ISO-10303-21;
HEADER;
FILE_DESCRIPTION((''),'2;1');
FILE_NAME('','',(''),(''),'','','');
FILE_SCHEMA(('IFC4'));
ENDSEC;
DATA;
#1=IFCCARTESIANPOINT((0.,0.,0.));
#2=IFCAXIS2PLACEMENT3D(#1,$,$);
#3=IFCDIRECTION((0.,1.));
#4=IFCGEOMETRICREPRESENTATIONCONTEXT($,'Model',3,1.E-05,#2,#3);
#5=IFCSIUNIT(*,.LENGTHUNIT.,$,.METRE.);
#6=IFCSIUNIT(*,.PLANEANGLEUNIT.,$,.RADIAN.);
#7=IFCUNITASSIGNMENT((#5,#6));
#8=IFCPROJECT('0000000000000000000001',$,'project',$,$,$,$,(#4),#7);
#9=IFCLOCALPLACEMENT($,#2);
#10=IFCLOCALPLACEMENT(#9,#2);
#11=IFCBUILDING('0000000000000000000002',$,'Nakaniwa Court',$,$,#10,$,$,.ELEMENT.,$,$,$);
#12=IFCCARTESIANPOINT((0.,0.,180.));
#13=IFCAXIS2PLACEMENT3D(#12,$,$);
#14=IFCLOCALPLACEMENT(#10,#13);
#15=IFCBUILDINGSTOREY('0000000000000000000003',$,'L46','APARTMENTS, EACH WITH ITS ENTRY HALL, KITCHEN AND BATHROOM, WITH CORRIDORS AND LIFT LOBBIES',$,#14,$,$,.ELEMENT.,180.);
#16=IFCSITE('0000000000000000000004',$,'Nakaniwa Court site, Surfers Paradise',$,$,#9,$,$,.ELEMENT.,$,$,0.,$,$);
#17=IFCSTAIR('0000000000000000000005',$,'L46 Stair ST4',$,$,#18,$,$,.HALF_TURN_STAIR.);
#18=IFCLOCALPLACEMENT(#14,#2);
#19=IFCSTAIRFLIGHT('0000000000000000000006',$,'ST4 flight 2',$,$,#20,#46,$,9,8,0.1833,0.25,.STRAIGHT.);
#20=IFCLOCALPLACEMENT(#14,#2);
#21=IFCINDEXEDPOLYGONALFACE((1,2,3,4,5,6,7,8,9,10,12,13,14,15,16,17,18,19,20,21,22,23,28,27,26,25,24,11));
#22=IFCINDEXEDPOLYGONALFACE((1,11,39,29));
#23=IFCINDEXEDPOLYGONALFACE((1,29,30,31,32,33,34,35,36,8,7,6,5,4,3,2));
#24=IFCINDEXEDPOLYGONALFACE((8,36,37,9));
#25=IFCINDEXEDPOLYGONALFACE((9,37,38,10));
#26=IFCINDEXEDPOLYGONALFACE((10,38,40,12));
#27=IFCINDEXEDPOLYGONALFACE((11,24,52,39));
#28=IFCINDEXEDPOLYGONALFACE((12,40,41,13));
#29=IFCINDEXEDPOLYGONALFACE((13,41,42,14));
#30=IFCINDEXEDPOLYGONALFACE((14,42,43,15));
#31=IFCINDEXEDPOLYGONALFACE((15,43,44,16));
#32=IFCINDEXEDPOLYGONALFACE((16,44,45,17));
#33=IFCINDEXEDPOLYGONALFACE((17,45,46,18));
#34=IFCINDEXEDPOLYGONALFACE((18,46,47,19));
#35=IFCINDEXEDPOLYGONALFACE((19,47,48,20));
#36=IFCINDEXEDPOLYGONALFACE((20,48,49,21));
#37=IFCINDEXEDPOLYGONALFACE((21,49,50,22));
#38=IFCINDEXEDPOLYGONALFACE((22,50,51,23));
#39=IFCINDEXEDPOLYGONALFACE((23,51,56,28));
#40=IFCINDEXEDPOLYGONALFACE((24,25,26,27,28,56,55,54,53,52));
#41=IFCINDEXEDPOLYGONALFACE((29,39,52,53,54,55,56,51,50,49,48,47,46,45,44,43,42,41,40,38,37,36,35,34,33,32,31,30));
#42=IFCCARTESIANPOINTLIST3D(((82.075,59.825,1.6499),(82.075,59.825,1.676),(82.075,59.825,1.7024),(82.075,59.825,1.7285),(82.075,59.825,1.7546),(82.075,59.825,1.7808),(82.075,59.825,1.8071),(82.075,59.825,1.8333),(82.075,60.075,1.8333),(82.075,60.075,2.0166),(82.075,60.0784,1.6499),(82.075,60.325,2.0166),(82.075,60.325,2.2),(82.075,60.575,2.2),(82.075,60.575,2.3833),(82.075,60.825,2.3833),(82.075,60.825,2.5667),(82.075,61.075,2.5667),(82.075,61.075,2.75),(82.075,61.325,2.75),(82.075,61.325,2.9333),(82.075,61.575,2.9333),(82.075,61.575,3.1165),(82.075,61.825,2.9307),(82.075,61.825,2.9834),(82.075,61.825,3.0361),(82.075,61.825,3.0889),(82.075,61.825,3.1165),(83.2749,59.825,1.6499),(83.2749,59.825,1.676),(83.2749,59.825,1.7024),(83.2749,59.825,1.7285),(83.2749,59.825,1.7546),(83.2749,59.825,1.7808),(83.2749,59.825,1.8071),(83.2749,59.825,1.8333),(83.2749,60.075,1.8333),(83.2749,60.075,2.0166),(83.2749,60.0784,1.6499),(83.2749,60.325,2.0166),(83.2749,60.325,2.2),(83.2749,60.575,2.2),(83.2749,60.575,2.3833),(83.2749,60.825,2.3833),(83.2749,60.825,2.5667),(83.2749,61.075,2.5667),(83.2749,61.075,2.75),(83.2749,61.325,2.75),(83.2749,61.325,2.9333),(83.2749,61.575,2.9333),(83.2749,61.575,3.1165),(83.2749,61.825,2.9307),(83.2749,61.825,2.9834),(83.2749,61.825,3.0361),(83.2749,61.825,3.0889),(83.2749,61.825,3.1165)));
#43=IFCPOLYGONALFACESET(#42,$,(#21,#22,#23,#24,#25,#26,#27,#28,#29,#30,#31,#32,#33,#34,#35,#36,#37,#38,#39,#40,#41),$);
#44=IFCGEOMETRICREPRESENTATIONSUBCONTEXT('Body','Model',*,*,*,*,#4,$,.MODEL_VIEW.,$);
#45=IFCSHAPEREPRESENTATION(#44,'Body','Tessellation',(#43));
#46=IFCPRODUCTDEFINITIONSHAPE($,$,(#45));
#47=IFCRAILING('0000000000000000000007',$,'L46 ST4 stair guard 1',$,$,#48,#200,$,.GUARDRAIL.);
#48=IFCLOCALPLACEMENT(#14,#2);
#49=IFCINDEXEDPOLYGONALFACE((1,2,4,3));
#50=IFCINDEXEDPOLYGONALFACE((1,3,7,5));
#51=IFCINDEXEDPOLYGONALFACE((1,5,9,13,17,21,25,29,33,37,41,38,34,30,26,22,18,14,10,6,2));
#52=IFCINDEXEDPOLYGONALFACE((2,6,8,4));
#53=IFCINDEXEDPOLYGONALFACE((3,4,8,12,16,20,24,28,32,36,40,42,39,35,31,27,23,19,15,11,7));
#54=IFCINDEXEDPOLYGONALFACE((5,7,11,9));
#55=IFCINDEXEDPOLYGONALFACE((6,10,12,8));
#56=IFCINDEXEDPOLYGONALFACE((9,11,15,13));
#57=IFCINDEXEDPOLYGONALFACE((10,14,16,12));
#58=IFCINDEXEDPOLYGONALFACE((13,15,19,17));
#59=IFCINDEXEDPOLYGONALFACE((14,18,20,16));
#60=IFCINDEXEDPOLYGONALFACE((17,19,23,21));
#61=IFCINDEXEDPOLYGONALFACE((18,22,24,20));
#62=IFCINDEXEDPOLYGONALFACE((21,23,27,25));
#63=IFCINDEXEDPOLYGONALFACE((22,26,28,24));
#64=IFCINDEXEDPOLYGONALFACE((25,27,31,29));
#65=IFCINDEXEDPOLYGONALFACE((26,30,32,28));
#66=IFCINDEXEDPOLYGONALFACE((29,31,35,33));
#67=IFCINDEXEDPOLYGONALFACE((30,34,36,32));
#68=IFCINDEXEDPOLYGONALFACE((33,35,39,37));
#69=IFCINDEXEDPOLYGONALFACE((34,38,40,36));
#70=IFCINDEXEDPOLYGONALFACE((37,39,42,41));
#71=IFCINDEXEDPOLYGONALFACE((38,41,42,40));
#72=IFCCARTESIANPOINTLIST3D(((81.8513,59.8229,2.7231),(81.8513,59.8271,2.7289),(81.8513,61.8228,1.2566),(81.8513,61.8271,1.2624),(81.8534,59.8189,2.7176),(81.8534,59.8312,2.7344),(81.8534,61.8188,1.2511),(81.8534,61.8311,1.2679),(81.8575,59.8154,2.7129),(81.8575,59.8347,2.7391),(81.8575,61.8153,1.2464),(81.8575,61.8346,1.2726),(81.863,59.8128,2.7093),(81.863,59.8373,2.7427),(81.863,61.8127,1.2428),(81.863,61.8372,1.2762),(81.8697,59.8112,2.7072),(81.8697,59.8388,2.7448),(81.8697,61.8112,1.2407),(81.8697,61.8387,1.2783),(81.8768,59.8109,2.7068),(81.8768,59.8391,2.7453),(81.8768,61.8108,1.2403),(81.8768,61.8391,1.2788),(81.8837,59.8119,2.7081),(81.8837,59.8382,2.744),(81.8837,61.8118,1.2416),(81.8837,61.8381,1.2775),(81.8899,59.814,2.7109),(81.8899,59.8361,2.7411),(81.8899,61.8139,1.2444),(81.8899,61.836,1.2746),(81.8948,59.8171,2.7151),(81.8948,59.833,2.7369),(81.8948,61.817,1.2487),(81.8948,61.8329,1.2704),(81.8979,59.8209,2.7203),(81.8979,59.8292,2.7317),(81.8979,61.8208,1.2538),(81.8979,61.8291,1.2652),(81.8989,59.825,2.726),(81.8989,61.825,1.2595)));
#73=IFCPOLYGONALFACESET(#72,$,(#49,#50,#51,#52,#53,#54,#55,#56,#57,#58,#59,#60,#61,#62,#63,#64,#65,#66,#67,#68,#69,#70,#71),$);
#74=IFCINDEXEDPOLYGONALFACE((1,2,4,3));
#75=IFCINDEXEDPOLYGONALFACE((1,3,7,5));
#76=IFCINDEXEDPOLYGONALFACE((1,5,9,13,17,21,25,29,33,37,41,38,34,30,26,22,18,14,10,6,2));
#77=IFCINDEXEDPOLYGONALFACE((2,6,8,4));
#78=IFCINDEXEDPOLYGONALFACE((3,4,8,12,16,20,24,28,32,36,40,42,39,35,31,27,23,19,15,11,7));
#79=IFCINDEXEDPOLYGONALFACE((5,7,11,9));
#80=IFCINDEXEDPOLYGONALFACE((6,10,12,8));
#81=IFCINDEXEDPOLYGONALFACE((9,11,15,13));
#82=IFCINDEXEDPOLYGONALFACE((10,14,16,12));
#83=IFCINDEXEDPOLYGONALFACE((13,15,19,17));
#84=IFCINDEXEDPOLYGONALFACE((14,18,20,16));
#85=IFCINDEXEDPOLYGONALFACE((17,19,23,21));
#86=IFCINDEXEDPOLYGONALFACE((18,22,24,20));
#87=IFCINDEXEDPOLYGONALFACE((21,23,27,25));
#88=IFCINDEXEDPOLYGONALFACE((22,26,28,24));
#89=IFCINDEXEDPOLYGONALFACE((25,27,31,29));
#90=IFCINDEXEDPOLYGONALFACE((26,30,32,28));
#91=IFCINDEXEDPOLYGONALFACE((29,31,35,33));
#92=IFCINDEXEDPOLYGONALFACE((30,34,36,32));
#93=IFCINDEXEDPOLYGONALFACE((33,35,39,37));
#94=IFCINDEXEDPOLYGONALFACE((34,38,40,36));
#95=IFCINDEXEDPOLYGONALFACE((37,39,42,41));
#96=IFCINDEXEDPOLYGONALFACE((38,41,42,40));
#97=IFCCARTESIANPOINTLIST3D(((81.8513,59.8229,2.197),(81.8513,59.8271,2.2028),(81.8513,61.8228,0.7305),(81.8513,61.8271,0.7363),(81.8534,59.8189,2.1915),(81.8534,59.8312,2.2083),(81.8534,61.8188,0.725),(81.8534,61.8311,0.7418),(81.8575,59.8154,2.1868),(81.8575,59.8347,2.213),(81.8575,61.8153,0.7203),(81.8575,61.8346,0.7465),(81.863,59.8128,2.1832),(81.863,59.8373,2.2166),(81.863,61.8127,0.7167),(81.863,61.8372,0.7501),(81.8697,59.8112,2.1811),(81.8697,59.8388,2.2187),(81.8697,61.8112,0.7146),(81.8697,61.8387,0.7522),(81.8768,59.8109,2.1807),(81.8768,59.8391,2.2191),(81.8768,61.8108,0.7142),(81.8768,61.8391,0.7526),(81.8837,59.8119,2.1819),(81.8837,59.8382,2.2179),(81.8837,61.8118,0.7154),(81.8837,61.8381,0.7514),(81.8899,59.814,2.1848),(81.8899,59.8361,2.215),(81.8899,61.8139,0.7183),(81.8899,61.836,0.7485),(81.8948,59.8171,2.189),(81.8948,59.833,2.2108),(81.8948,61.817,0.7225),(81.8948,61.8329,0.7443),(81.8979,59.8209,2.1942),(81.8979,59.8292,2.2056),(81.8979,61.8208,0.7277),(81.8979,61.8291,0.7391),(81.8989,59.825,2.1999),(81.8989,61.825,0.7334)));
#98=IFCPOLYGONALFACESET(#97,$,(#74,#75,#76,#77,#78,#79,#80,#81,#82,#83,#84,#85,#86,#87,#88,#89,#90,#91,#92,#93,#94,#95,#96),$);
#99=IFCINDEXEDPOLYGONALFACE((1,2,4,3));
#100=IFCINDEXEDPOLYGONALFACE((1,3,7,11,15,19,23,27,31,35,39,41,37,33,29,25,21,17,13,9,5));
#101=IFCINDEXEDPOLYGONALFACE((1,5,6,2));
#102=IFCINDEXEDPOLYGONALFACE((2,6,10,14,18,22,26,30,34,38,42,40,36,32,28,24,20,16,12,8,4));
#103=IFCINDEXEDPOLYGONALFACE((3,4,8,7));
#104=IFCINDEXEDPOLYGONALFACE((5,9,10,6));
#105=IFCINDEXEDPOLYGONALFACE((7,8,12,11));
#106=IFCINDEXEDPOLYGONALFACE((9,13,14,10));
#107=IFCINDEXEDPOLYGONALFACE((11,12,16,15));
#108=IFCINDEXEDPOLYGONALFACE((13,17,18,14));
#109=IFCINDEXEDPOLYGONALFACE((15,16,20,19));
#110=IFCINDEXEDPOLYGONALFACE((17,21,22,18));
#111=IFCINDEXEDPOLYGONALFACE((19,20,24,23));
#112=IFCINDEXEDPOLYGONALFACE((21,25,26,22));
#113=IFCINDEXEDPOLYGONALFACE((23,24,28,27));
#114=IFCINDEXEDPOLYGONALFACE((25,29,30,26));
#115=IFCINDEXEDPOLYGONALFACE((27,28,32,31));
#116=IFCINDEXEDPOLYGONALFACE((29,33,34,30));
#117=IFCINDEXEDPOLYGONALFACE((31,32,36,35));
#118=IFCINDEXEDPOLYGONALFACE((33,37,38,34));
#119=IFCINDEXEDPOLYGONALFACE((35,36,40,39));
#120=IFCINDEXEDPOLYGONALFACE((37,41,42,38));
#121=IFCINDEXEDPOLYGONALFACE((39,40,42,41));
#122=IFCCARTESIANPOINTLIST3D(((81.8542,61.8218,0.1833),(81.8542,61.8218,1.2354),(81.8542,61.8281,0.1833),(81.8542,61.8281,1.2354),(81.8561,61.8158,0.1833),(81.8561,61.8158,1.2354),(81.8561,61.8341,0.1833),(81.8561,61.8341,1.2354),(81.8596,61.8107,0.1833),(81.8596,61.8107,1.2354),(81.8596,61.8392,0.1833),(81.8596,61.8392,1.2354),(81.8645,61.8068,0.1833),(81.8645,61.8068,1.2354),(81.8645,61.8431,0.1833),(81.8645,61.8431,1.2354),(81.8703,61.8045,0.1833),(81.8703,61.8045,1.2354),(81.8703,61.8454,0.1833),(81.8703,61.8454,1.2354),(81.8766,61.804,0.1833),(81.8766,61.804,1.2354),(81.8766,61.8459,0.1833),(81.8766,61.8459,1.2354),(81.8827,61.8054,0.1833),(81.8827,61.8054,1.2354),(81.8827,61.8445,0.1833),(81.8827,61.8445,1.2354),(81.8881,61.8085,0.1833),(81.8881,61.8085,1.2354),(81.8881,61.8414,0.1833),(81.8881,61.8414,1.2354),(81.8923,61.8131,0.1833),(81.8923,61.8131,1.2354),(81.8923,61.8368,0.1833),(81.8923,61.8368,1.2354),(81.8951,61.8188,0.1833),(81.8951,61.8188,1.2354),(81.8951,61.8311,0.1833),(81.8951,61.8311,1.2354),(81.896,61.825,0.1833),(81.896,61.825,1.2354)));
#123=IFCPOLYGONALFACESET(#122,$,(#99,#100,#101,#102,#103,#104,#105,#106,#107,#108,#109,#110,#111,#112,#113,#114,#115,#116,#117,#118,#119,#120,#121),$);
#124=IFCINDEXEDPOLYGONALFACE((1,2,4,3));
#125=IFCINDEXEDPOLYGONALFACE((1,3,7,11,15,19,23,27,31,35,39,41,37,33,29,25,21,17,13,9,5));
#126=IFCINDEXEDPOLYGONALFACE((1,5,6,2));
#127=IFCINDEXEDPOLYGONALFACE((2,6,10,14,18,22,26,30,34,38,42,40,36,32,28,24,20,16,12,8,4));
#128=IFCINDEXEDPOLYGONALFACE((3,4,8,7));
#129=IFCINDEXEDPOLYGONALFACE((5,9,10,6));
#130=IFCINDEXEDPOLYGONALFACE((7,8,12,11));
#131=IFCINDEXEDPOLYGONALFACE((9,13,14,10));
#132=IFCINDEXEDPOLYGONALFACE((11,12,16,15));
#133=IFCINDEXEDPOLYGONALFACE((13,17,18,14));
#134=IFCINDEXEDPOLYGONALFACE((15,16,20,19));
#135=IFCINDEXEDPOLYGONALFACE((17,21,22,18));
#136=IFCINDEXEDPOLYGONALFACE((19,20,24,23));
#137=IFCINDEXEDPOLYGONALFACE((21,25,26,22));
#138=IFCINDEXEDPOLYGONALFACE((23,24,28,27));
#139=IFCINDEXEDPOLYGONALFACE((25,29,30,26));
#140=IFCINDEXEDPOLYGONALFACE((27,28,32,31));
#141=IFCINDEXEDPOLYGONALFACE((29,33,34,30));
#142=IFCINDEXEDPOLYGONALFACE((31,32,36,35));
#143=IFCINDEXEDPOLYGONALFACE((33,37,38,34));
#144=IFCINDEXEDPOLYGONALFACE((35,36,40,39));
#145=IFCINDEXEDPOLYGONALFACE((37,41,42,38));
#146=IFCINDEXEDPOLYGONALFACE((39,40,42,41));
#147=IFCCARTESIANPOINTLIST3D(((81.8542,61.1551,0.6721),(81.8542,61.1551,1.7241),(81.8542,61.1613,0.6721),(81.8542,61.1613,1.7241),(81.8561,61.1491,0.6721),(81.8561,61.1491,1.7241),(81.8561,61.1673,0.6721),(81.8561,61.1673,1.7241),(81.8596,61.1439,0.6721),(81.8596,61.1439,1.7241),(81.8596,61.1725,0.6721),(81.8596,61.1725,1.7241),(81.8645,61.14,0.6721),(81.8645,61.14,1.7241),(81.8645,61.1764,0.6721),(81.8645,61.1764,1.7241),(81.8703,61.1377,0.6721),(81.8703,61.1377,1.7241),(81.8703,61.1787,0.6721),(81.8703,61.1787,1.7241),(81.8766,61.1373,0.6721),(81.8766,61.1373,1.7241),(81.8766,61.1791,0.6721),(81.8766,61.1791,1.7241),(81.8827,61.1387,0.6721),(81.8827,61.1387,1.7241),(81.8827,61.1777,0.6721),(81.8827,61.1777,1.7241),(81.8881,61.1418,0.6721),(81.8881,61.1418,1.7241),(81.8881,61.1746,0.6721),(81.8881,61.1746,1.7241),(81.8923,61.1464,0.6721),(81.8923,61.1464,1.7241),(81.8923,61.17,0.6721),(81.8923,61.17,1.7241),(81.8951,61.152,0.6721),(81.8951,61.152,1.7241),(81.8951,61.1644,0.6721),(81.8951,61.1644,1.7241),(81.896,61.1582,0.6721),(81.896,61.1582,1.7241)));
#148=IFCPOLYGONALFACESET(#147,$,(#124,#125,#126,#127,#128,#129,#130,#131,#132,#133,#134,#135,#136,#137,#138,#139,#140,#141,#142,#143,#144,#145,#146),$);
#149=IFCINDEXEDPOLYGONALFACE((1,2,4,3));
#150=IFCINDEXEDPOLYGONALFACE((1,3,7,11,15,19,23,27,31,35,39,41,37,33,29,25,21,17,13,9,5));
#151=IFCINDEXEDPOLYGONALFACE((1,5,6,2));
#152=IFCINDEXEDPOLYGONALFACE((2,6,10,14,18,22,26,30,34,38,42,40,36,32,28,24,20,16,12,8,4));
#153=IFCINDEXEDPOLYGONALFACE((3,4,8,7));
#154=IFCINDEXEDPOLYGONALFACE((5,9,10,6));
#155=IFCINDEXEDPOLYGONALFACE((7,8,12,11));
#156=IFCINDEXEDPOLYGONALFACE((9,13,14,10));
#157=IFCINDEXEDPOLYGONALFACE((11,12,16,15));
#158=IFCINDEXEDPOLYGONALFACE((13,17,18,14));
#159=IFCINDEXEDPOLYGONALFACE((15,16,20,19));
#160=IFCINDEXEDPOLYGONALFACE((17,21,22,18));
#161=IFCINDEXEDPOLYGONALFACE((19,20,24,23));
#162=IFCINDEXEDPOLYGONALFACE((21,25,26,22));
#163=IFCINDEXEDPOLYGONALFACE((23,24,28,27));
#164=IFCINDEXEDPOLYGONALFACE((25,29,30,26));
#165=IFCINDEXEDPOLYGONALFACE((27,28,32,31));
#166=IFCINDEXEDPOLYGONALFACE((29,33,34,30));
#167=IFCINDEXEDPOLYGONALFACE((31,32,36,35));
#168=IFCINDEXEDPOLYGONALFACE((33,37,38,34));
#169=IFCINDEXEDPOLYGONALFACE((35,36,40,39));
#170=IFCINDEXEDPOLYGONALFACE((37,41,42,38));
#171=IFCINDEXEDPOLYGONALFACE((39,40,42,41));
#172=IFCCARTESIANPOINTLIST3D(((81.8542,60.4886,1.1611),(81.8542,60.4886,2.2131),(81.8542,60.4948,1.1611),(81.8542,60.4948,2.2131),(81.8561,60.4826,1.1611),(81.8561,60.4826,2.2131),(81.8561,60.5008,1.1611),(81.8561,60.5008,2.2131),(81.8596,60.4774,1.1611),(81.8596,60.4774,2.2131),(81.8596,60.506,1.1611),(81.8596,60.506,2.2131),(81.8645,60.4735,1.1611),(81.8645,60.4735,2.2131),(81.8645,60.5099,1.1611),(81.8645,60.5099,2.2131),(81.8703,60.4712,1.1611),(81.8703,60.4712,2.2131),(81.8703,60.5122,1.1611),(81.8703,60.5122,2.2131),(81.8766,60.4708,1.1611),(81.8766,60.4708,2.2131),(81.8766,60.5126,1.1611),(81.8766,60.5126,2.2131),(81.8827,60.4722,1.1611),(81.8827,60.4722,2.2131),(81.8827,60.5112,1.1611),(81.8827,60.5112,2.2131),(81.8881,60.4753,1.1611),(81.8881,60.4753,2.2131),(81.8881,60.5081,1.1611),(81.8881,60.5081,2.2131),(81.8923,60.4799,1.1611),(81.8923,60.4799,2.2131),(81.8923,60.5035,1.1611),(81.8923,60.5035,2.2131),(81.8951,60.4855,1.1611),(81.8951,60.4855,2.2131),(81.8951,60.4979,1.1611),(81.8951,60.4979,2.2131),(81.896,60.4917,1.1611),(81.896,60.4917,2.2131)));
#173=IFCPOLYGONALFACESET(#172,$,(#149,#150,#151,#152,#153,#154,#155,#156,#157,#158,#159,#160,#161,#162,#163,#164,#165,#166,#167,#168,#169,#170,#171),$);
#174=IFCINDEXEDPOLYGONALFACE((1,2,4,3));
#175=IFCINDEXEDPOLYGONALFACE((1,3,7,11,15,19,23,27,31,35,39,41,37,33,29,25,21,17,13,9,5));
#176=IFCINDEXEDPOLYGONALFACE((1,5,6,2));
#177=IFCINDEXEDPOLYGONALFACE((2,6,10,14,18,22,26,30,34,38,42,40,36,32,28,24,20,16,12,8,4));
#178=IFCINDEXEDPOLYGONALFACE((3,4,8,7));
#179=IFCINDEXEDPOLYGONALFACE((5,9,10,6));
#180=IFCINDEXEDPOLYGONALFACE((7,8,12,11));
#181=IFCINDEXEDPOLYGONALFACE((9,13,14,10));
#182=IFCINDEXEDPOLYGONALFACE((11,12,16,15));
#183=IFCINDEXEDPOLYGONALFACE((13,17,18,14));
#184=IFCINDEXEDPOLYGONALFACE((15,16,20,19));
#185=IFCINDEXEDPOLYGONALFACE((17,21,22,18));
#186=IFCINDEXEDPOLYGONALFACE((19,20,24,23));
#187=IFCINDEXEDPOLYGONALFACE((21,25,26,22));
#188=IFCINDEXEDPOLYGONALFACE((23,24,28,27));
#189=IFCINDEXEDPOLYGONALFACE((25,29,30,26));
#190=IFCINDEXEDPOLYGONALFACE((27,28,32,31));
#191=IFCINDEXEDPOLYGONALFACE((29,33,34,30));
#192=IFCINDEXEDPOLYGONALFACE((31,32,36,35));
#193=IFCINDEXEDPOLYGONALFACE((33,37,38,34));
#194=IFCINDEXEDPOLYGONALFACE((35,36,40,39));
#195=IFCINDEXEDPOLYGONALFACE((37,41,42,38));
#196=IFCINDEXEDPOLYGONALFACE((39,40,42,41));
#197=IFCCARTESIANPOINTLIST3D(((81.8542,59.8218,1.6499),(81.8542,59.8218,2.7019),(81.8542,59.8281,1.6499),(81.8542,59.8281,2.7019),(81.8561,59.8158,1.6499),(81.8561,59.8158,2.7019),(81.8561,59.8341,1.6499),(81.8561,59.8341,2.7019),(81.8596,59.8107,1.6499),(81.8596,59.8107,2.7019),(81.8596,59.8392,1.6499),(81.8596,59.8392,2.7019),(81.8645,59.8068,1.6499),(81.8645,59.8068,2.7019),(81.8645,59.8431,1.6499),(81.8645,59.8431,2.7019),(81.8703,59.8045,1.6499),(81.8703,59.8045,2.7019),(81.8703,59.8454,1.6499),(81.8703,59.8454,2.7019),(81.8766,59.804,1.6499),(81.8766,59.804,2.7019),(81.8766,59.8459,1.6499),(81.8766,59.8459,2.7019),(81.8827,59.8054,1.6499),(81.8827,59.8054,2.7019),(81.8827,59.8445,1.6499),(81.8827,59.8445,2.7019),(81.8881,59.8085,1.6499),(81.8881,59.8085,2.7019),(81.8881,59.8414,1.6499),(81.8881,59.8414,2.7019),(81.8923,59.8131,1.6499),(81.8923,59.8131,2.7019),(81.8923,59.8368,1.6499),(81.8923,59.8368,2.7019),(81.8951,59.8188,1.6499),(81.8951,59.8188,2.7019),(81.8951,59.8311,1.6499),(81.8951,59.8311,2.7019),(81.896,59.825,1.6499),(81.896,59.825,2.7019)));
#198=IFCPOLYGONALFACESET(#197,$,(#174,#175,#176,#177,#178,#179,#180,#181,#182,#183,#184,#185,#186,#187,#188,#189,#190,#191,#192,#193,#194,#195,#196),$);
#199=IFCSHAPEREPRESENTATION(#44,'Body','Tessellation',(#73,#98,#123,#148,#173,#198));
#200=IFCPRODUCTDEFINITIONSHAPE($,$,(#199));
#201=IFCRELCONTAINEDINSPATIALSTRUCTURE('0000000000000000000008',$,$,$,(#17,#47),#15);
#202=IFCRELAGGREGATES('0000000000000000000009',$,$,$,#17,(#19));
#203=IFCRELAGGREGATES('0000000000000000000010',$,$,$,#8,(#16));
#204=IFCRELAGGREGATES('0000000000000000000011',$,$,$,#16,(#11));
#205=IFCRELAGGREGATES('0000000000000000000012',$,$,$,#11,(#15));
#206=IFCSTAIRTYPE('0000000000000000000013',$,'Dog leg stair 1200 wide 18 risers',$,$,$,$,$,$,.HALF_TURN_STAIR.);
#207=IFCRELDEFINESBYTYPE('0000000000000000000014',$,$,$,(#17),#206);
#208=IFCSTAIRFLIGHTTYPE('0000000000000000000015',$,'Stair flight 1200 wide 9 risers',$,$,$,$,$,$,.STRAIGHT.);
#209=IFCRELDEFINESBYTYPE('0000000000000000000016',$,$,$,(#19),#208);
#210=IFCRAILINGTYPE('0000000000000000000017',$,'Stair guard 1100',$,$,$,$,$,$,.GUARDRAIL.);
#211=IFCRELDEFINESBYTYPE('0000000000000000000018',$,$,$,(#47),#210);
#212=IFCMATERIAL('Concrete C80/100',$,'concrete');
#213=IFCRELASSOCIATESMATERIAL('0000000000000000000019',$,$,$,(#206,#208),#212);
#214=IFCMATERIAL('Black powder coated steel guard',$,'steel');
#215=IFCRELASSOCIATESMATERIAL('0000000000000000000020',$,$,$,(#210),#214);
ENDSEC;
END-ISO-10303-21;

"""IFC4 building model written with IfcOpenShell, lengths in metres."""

from ifc_helpers import new_model, si_unit, direction, frame, origin, origin_2d, place, context, subcontext, project, spatial, polyline, circle, outline, extrude, material, type_object, element, aggregate, save


model = new_model("IFC4")

# Units and contexts
model_context = context("Model", 3, precision=1e-05, world=origin(), true_north=direction((0.0, 1.0)))
body_context = subcontext(model_context, "Body", "Model", "MODEL_VIEW")
ifc_project = project(units=[si_unit("LENGTHUNIT", "METRE"), si_unit("PLANEANGLEUNIT", "RADIAN")], contexts=[model_context])

# Site, building, storey
site_placement = place(None, origin())
site = spatial("IfcSite", under=ifc_project, at=site_placement, Name="Nakaniwa Court site, Surfers Paradise", CompositionType="ELEMENT", RefElevation=0.0)
building_placement = place(site_placement, origin())
building = spatial("IfcBuilding", under=site, at=building_placement, Name="Nakaniwa Court", CompositionType="ELEMENT")
storey_placement = place(building_placement, frame((0.0, 0.0, 180.0)))
storey = spatial("IfcBuildingStorey", under=building, at=storey_placement, Name="L46", Description="APARTMENTS, EACH WITH ITS ENTRY HALL, KITCHEN AND BATHROOM, WITH CORRIDORS AND LIFT LOBBIES", CompositionType="ELEMENT", Elevation=180.0)

# Shared definitions
ifc_material_1 = material(Name="Concrete C80/100", Category="concrete")

# Stair, stair flight
stair_type = type_object("IfcStairType", Name="Dog leg stair 1200 wide 18 risers", PredefinedType="HALF_TURN_STAIR", material=ifc_material_1)
stair_placement = place(storey_placement, origin())
stair = element("IfcStair", 1, at=stair_placement, inside=storey, type_object=stair_type, Name="L46 Stair ST4", PredefinedType="HALF_TURN_STAIR")
stair_flight_type = type_object("IfcStairFlightType", Name="Stair flight 1200 wide 9 risers", PredefinedType="STRAIGHT", material=ifc_material_1)
stair_flight_1_placement = place(storey_placement, frame((82.675, 59.825, 1.6499), z_axis=(0.0, 0.0, 1.0), x_axis=(0.0, 1.0, 0.0)))
stair_flight_1 = element("IfcStairFlight", 2, at=stair_flight_1_placement, type_object=stair_flight_type, Name="ST4 flight 2", NumberOfRisers=9, NumberOfTreads=8, PredefinedType="STRAIGHT", RiserHeight=0.1833, TreadLength=0.25, context=body_context, shape_type="SweptSolid", body=[
    extrude(outline(polyline([(0.0, 0.0), (0.0, 0.0261), (0.0, 0.0525), (0.0, 0.0786), (0.0, 0.1047), (0.0, 0.1309), (0.0, 0.1572), (0.0, 0.1833), (0.25, 0.1833), (0.25, 0.3667), (0.5, 0.3667), (0.5, 0.55), (0.75, 0.55), (0.75, 0.7334), (1.0, 0.7334), (1.0, 0.9167), (1.25, 0.9167), (1.25, 1.1001), (1.5, 1.1001), (1.5, 1.2834), (1.75, 1.2834), (1.75, 1.4666), (2.0, 1.4666), (2.0, 1.6499), (2.0, 1.5972), (2.0, 1.5444), (2.0, 1.4917), (2.0, 1.439), (2.0, 1.3862), (2.0, 1.3335), (2.0, 1.2808), (0.2534, 0.0), (0.0, 0.0)])), frame((0.0, 0.6001, 0.0), z_axis=(0.0, -1.0, 0.0), x_axis=(1.0, 0.0, 0.0)), (0.0, 0.0, 1.0), 1.2),
])
aggregate(stair, [stair_flight_1])

# Railing
ifc_material_2 = material(Name="Black powder coated steel guard", Category="steel")
railing_type_1 = type_object("IfcRailingType", Name="Stair guard 1100", PredefinedType="GUARDRAIL", material=ifc_material_2)
railing_1_placement = place(storey_placement, frame((81.875, 61.825, 0.1833)))
element("IfcRailing", 3, at=railing_1_placement, inside=storey, type_object=railing_type_1, Name="L46 ST4 stair guard 1", PredefinedType="GUARDRAIL", context=body_context, shape_type="SweptSolid", body=[
    extrude(circle(Radius=0.0239, at=origin_2d()), frame((0.0, 0.0, 1.0762), z_axis=(0.0, -0.806427, 0.591334), x_axis=(1.0, 0.0, 0.0)), (0.0, 0.0, 1.0), 2.48),
    extrude(circle(Radius=0.0239, at=origin_2d()), frame((0.0, 0.0, 0.55), z_axis=(0.0, -0.806427, 0.591334), x_axis=(1.0, 0.0, 0.0)), (0.0, 0.0, 1.0), 2.48),
    extrude(circle(Radius=0.021, at=origin_2d()), origin(), (0.0, 0.0, 1.0), 1.052),
    extrude(circle(Radius=0.021, at=origin_2d()), frame((0.0, -0.6667, 0.4888)), (0.0, 0.0, 1.0), 1.052),
    extrude(circle(Radius=0.021, at=origin_2d()), frame((0.0, -1.3333, 0.9778)), (0.0, 0.0, 1.0), 1.052),
    extrude(circle(Radius=0.021, at=origin_2d()), frame((0.0, -2.0, 1.4666)), (0.0, 0.0, 1.0), 1.052),
])

save(model, "model.ifc")
